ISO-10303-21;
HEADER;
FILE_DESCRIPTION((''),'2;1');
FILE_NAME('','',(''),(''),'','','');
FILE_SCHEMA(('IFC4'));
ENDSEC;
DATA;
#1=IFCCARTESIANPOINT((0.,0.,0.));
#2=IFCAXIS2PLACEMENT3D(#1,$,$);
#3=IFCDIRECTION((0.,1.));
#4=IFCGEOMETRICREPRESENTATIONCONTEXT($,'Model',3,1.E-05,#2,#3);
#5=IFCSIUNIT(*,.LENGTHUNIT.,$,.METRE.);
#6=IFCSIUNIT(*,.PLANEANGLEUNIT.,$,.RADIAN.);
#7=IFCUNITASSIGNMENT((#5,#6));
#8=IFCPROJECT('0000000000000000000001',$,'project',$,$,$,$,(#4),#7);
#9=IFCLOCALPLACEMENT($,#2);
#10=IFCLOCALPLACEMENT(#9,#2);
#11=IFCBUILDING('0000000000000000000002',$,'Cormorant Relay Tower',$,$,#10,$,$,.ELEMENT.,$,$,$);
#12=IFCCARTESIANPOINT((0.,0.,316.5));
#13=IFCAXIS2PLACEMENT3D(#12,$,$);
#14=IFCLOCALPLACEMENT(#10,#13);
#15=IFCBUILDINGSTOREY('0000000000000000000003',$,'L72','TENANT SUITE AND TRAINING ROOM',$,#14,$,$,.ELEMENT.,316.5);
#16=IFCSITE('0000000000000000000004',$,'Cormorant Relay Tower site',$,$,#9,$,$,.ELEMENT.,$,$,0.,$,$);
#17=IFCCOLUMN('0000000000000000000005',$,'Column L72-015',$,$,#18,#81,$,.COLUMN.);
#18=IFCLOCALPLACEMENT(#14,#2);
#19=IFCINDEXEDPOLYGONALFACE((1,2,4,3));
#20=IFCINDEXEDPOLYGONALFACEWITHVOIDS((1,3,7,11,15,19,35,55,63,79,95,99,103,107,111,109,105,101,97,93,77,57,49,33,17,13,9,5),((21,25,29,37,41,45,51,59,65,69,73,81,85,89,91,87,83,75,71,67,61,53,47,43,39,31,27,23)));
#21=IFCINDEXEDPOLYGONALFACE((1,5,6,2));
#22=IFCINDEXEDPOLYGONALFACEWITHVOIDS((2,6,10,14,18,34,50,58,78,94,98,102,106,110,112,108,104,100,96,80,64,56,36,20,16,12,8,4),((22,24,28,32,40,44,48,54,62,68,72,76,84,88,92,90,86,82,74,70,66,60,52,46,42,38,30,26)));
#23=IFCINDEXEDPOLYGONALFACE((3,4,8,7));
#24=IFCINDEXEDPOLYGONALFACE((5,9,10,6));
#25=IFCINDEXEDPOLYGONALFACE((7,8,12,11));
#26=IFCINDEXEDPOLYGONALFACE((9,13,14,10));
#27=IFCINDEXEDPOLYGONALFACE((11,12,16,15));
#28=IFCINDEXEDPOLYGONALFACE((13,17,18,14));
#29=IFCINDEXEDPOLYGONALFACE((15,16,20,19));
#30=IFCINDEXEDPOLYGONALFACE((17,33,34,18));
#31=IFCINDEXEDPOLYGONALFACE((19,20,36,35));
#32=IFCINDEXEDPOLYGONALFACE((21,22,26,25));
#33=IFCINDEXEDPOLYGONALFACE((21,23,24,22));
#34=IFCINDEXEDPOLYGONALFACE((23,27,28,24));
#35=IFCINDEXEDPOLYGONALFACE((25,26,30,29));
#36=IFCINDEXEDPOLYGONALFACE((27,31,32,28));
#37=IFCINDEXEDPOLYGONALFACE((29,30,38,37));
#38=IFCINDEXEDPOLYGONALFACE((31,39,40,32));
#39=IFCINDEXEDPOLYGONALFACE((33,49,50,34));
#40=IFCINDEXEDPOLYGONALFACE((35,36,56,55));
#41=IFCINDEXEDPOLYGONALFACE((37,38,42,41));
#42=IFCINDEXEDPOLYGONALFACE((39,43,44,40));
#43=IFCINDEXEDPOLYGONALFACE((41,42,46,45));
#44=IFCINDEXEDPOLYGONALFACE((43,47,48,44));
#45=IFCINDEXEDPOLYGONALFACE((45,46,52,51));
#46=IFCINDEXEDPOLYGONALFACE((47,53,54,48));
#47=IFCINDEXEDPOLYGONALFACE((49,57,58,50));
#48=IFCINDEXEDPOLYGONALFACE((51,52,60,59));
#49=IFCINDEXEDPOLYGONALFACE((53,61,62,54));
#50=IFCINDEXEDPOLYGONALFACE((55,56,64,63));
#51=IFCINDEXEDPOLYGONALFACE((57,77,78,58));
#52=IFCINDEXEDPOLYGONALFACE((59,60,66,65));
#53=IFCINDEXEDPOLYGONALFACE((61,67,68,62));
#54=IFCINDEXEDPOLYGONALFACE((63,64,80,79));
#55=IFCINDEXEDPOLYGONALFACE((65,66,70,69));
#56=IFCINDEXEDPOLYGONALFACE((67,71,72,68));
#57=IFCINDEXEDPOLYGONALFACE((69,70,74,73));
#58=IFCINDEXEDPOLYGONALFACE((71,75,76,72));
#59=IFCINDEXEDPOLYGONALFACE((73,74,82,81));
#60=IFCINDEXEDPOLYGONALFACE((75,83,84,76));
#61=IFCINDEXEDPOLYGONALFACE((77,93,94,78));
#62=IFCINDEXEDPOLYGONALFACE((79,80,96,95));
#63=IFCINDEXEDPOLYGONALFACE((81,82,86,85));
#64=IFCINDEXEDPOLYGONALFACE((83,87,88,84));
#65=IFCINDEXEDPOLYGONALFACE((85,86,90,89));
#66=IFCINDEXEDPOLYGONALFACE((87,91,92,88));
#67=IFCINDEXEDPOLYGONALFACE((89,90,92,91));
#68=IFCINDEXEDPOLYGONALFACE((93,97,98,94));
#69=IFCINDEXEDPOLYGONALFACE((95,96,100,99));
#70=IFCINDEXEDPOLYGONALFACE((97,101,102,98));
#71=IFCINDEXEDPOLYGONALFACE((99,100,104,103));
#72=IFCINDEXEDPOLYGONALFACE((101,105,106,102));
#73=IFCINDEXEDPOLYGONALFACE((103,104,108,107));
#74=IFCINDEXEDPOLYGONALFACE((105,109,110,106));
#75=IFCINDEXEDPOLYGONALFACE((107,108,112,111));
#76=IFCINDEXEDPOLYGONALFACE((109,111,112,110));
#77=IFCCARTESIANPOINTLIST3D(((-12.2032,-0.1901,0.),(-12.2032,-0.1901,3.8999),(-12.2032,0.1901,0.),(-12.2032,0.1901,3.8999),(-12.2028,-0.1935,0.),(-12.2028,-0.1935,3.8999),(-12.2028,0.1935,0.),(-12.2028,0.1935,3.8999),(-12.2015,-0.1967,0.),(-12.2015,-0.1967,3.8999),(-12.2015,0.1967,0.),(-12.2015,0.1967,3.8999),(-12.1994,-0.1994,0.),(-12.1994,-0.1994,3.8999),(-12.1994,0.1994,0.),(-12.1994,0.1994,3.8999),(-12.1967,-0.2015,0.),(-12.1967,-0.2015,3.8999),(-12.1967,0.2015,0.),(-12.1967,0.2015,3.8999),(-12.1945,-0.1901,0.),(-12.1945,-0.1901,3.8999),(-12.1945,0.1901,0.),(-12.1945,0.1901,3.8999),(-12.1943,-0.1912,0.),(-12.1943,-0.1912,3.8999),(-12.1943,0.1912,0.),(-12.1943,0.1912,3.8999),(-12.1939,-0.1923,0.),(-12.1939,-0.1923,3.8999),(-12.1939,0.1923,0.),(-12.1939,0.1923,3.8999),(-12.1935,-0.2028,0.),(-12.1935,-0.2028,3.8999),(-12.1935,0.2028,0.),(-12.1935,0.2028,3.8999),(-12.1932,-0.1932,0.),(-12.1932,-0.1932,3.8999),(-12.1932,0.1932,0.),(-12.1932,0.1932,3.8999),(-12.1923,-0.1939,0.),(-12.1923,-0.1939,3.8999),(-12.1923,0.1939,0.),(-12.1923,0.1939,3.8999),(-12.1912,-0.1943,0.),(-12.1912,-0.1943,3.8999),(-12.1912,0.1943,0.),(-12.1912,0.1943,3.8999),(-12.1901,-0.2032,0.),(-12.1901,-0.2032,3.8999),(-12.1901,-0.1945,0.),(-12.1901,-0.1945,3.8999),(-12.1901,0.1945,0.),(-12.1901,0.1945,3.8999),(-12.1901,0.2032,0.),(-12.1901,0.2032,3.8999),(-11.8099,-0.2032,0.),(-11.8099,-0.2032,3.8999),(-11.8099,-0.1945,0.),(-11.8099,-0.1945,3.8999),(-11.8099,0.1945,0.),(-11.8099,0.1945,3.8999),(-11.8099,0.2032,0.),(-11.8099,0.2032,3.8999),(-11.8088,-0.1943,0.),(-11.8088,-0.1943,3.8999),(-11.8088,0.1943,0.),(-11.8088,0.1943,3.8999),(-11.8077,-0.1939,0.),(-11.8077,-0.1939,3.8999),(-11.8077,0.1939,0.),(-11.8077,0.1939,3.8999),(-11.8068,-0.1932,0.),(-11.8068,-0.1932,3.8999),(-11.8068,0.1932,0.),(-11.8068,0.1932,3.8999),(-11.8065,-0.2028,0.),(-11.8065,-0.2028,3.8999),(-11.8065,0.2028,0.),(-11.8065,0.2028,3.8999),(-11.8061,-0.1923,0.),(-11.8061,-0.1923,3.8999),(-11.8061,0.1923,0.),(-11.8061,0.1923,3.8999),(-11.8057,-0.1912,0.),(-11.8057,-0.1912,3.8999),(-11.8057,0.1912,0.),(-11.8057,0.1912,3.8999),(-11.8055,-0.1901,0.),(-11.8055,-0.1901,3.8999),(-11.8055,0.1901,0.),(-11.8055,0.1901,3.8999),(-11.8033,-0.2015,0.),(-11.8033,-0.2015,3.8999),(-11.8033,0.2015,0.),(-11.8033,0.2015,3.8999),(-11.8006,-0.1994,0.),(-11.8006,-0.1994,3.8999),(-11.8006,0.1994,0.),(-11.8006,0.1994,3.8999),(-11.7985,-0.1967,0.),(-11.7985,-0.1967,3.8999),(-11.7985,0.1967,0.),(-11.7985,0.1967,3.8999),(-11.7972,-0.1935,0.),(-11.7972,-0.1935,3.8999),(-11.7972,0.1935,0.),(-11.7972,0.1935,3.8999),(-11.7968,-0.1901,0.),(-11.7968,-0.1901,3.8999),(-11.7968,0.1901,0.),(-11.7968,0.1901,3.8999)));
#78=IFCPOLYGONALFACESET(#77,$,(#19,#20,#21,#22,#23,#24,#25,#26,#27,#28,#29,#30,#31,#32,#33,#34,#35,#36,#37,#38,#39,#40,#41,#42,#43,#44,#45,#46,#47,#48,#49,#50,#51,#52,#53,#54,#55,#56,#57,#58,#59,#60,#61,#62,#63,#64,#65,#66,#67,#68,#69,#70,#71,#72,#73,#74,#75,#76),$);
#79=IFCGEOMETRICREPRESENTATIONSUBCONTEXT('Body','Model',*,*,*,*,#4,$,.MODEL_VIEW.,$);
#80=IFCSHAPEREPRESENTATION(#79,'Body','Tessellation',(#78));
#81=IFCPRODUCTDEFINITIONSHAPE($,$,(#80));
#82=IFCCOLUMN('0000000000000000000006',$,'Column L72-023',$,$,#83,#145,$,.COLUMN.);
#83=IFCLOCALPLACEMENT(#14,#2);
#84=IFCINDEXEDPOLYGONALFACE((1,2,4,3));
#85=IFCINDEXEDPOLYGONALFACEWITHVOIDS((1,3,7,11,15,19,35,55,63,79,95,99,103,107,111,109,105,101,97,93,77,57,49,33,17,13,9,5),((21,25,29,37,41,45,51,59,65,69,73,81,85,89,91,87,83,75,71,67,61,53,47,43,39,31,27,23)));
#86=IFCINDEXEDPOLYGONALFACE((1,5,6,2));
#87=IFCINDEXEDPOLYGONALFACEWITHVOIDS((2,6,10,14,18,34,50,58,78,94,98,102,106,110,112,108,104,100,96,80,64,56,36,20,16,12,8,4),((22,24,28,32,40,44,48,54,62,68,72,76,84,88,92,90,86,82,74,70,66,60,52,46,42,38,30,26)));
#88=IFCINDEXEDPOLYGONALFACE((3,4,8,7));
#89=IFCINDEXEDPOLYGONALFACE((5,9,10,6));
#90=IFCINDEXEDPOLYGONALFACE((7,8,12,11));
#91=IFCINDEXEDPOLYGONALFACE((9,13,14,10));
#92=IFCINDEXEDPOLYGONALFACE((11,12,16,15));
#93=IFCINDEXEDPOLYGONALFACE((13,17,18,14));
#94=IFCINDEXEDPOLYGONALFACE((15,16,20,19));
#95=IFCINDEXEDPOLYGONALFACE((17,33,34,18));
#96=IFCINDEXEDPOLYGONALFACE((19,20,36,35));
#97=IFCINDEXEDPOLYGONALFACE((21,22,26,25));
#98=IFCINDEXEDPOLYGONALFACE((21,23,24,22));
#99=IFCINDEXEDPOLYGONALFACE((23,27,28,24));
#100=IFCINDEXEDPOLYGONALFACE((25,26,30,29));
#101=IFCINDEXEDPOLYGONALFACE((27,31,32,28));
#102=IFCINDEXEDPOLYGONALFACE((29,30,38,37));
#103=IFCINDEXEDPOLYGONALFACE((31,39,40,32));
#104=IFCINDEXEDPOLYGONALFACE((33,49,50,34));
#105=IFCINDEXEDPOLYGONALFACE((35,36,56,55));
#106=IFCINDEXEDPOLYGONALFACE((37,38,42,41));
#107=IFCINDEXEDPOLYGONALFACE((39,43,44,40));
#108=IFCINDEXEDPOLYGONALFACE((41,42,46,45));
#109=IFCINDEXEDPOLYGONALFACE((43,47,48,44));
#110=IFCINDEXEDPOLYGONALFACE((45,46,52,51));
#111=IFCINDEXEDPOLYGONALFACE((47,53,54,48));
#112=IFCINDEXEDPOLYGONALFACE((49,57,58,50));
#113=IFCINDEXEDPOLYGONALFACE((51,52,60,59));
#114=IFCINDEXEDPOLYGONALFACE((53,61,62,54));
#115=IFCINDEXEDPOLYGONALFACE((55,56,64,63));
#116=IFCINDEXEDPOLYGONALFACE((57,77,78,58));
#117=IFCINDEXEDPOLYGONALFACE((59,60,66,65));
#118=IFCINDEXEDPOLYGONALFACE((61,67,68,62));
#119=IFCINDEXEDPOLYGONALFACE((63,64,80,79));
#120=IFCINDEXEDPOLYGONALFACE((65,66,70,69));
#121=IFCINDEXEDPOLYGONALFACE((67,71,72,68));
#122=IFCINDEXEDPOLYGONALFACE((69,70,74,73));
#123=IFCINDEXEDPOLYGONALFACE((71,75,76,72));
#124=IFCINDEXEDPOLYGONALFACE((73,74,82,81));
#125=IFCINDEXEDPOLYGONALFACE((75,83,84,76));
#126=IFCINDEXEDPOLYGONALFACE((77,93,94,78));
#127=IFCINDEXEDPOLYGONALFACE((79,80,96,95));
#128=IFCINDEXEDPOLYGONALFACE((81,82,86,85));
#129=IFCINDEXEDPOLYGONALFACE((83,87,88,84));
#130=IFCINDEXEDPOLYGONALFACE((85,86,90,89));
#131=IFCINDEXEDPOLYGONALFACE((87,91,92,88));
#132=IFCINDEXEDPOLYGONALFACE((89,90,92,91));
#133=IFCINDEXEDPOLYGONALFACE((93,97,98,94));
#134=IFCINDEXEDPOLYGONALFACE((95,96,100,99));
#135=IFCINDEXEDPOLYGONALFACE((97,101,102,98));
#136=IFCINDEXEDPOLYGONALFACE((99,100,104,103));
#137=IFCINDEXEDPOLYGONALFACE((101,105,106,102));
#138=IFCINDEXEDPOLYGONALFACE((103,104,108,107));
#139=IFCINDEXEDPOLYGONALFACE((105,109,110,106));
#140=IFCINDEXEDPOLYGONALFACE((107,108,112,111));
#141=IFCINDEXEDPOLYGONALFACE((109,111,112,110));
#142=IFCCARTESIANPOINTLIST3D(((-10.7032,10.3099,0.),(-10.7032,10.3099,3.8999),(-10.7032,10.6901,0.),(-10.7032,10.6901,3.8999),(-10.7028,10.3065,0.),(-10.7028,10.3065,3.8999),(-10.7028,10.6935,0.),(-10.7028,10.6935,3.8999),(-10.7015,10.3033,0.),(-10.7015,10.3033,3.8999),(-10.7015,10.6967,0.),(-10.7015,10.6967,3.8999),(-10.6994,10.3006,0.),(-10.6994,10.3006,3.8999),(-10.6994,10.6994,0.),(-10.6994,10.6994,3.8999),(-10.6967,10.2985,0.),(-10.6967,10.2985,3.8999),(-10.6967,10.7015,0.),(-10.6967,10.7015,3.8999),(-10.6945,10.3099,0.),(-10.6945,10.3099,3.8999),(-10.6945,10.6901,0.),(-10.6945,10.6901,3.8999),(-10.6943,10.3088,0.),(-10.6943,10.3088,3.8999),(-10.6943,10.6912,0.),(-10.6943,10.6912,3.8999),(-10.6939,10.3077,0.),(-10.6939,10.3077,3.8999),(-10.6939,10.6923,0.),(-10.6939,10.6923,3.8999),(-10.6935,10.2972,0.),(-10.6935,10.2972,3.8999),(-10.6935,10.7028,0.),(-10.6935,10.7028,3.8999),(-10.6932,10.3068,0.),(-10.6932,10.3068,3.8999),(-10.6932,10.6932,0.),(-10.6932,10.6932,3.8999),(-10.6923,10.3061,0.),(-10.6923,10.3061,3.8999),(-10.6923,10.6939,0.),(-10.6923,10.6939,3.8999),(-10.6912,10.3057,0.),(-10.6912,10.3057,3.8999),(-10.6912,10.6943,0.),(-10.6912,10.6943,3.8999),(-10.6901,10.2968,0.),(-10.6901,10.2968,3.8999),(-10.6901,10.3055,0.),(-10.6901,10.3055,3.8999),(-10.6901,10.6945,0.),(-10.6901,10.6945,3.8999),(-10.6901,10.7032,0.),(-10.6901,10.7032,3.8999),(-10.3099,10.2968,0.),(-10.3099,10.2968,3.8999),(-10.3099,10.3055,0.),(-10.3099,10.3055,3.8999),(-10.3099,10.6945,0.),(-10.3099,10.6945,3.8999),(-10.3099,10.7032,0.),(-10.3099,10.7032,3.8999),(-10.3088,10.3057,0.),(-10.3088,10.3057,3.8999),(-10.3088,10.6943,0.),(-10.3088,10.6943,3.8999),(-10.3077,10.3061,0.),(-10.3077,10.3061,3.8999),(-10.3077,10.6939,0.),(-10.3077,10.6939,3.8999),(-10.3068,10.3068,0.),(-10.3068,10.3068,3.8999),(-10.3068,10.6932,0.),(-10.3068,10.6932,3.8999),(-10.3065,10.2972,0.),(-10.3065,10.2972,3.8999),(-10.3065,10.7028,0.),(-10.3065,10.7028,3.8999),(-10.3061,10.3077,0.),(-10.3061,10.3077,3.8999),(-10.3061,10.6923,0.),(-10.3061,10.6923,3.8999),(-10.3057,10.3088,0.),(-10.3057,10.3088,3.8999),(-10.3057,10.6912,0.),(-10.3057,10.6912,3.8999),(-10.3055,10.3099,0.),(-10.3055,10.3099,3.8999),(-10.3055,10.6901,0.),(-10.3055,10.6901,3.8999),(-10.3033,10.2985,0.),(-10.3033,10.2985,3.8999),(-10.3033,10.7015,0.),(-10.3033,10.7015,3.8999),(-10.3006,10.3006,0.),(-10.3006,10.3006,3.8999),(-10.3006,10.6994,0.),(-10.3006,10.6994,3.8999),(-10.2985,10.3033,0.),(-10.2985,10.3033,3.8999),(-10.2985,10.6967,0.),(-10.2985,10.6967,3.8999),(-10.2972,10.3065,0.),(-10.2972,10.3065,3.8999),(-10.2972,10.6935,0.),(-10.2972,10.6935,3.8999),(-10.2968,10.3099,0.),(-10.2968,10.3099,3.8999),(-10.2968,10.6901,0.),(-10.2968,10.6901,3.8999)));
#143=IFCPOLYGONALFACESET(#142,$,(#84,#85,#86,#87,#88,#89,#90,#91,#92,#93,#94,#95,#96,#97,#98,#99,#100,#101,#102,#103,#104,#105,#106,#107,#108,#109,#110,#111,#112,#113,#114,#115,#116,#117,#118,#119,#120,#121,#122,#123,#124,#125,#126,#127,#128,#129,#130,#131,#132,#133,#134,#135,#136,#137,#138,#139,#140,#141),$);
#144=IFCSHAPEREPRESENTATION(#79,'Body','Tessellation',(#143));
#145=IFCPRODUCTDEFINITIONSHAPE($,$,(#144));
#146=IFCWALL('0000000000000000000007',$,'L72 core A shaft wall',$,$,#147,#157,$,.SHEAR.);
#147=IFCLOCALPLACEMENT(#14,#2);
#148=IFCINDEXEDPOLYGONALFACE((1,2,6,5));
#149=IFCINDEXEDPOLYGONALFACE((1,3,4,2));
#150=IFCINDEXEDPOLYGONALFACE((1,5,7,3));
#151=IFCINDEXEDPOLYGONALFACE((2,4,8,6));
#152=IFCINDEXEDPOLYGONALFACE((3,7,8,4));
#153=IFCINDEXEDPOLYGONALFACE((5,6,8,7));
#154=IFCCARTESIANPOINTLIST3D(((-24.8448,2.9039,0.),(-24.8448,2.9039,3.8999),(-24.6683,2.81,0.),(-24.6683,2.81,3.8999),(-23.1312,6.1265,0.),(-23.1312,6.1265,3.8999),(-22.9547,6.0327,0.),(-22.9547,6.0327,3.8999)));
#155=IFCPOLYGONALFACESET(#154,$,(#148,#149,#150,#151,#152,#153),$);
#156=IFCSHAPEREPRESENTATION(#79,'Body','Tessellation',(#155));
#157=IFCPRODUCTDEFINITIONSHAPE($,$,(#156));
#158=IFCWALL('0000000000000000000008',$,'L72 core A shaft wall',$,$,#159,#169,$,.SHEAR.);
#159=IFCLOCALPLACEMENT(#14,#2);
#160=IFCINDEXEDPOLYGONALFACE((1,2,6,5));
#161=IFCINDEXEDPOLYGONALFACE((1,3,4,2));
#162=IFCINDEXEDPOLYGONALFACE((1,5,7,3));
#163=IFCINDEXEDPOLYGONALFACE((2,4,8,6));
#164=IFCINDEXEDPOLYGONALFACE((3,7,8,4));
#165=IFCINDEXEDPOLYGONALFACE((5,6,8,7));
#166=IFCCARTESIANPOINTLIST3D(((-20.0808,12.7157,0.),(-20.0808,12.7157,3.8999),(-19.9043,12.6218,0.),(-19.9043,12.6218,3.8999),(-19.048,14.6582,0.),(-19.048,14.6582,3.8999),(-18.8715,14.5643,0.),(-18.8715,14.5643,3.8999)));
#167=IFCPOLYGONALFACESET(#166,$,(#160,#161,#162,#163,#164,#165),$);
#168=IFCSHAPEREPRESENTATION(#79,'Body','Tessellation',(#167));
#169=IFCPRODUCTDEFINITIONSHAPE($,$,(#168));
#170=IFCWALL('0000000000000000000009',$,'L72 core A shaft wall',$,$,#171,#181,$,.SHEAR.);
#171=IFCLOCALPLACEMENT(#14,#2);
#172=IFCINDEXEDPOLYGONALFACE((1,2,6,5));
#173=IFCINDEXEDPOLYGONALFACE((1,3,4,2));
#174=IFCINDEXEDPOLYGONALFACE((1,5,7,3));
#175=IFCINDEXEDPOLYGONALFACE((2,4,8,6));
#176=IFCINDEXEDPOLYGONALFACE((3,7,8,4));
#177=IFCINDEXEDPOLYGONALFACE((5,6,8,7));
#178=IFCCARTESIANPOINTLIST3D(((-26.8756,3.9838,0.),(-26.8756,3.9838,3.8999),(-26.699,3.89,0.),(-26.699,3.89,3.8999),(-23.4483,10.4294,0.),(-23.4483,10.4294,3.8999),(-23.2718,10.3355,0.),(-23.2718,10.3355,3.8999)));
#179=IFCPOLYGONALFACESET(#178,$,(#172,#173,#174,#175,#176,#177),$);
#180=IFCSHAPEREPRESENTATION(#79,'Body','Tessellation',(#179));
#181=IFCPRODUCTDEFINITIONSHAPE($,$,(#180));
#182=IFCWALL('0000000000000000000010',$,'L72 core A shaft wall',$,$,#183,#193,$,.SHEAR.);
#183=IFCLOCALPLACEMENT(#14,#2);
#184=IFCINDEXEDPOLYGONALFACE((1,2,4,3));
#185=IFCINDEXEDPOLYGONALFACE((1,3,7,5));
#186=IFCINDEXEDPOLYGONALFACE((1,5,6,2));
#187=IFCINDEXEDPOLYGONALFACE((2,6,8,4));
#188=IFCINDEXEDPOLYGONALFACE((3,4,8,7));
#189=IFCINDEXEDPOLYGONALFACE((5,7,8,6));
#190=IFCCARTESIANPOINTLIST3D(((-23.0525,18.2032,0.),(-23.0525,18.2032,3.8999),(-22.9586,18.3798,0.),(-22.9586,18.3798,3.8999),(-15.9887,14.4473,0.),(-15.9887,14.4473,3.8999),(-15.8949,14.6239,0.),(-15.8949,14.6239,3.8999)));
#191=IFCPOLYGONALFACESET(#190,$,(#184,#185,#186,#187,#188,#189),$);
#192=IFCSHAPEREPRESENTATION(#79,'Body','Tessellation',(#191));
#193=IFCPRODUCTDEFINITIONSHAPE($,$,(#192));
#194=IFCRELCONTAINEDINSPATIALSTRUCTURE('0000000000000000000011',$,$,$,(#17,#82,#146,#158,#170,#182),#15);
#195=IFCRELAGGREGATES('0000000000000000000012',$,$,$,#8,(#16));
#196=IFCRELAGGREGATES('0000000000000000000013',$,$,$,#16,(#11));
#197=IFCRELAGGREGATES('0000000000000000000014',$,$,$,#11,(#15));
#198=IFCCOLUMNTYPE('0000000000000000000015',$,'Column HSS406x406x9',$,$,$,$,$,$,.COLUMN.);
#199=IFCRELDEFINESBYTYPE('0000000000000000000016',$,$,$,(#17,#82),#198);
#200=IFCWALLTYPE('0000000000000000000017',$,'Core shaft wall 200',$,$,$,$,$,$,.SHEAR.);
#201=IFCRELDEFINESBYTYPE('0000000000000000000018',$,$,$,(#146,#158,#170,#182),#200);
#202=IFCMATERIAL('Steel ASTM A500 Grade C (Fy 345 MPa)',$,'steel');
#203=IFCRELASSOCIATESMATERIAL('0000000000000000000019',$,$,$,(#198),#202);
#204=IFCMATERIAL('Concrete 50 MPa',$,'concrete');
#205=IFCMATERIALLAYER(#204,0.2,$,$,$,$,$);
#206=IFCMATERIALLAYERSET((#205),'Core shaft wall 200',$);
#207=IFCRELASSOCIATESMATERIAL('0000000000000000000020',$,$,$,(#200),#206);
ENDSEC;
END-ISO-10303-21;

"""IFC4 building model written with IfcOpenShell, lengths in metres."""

from ifc_helpers import new_model, si_unit, direction, frame, frame_2d, origin, origin_2d, place, context, subcontext, project, spatial, rectangle, hollow_rectangle, extrude, material, layer, layer_set, material_profile, profile_set, type_object, element, save


model = new_model("IFC4")

# Units and contexts
model_context = context("Model", 3, precision=1e-05, world=origin(), true_north=direction((0.0, 1.0)))
body_context = subcontext(model_context, "Body", "Model", "MODEL_VIEW")
ifc_project = project(units=[si_unit("LENGTHUNIT", "METRE"), si_unit("PLANEANGLEUNIT", "RADIAN")], contexts=[model_context])

# Site, building, storey
site_placement = place(None, origin())
site = spatial("IfcSite", under=ifc_project, at=site_placement, Name="Cormorant Relay Tower site", CompositionType="ELEMENT", RefElevation=0.0)
building_placement = place(site_placement, origin())
building = spatial("IfcBuilding", under=site, at=building_placement, Name="Cormorant Relay Tower", CompositionType="ELEMENT")
storey_placement = place(building_placement, frame((0.0, 0.0, 316.5)))
storey = spatial("IfcBuildingStorey", under=building, at=storey_placement, Name="L72", Description="TENANT SUITE AND TRAINING ROOM", CompositionType="ELEMENT", Elevation=316.5)

# Columns
ifc_material_1 = material(Name="Steel ASTM A500 Grade C (Fy 345 MPa)", Category="steel")
ifc_material_profile = material_profile(ifc_material_1, hollow_rectangle(XDim=0.4065, YDim=0.4065, WallThickness=0.0088, InnerFilletRadius=0.0044, OuterFilletRadius=0.0132, at=origin_2d()), Name="HSS406x406x9")
ifc_profile_set = profile_set([ifc_material_profile], Name="Steel ASTM A500 Grade C (Fy 345 MPa)")
column_type = type_object("IfcColumnType", Name="Column HSS406x406x9", PredefinedType="COLUMN", material=ifc_profile_set)
for number, where, z_axis, x_axis, name in (
    (1, (-12.0, 0.0, 0.0), (0.0, 0.0, 1.0), (1.0, 0.0, 0.0), "Column L72-015"),
    (2, (-10.5, 10.5, 0.0), (0.0, 0.0, 1.0), (1.0, 0.0, 0.0), "Column L72-023"),
):
    element("IfcColumn", number, at=place(storey_placement, frame(where, z_axis=z_axis, x_axis=x_axis)), inside=storey, type_object=column_type, Name=name, PredefinedType="COLUMN", context=body_context, shape_type="SweptSolid", body=[
        extrude(hollow_rectangle(XDim=0.4065, YDim=0.4065, WallThickness=0.0088, InnerFilletRadius=0.0044, OuterFilletRadius=0.0132, at=origin_2d()), origin(), (0.0, 0.0, 1.0), 3.8999),
    ])

# Walls
ifc_material_2 = material(Name="Concrete 50 MPa", Category="concrete")
ifc_layer_1 = layer(ifc_material_2, 0.2)
ifc_layer_set_1 = layer_set([ifc_layer_1], Name="Core shaft wall 200")
wall_type_1 = type_object("IfcWallType", Name="Core shaft wall 200", PredefinedType="SHEAR", material=ifc_layer_set_1)
wall_1_placement = place(storey_placement, frame((-23.043, 6.0796, 0.0), z_axis=(0.0, 0.0, 1.0), x_axis=(-0.469494, -0.882936, 0.0)))
element("IfcWall", 3, at=wall_1_placement, inside=storey, type_object=wall_type_1, Name="L72 core A shaft wall", PredefinedType="SHEAR", context=body_context, shape_type="SweptSolid", body=[
    extrude(rectangle(XDim=3.6499, YDim=0.2, at=frame_2d((1.825, 0.0))), origin(), (0.0, 0.0, 1.0), 3.8999),
])
wall_2_placement = place(storey_placement, frame((-18.9597, 14.6113, 0.0), z_axis=(0.0, 0.0, 1.0), x_axis=(-0.469447, -0.88296, 0.0)))
element("IfcWall", 4, at=wall_2_placement, inside=storey, type_object=wall_type_1, Name="L72 core A shaft wall", PredefinedType="SHEAR", context=body_context, shape_type="SweptSolid", body=[
    extrude(rectangle(XDim=2.2, YDim=0.2, at=frame_2d((1.1001, 0.0))), origin(), (0.0, 0.0, 1.0), 3.8999),
])
wall_3_placement = place(storey_placement, frame((-23.3601, 10.3823, 0.0), z_axis=(0.0, 0.0, 1.0), x_axis=(-0.46948, -0.882943, 0.0)))
element("IfcWall", 5, at=wall_3_placement, inside=storey, type_object=wall_type_1, Name="L72 core A shaft wall", PredefinedType="SHEAR", context=body_context, shape_type="SweptSolid", body=[
    extrude(rectangle(XDim=7.3, YDim=0.2, at=frame_2d((3.6499, 0.0))), origin(), (0.0, 0.0, 1.0), 3.8999),
])
wall_4_placement = place(storey_placement, frame((-15.9419, 14.5356, 0.0), z_axis=(0.0, 0.0, 1.0), x_axis=(-0.882947, 0.469473, 0.0)))
element("IfcWall", 6, at=wall_4_placement, inside=storey, type_object=wall_type_1, Name="L72 core A shaft wall", PredefinedType="SHEAR", context=body_context, shape_type="SweptSolid", body=[
    extrude(rectangle(XDim=8.0002, YDim=0.2, at=frame_2d((4.0, 0.0))), origin(), (0.0, 0.0, 1.0), 3.8999),
])

save(model, "model.ifc")
